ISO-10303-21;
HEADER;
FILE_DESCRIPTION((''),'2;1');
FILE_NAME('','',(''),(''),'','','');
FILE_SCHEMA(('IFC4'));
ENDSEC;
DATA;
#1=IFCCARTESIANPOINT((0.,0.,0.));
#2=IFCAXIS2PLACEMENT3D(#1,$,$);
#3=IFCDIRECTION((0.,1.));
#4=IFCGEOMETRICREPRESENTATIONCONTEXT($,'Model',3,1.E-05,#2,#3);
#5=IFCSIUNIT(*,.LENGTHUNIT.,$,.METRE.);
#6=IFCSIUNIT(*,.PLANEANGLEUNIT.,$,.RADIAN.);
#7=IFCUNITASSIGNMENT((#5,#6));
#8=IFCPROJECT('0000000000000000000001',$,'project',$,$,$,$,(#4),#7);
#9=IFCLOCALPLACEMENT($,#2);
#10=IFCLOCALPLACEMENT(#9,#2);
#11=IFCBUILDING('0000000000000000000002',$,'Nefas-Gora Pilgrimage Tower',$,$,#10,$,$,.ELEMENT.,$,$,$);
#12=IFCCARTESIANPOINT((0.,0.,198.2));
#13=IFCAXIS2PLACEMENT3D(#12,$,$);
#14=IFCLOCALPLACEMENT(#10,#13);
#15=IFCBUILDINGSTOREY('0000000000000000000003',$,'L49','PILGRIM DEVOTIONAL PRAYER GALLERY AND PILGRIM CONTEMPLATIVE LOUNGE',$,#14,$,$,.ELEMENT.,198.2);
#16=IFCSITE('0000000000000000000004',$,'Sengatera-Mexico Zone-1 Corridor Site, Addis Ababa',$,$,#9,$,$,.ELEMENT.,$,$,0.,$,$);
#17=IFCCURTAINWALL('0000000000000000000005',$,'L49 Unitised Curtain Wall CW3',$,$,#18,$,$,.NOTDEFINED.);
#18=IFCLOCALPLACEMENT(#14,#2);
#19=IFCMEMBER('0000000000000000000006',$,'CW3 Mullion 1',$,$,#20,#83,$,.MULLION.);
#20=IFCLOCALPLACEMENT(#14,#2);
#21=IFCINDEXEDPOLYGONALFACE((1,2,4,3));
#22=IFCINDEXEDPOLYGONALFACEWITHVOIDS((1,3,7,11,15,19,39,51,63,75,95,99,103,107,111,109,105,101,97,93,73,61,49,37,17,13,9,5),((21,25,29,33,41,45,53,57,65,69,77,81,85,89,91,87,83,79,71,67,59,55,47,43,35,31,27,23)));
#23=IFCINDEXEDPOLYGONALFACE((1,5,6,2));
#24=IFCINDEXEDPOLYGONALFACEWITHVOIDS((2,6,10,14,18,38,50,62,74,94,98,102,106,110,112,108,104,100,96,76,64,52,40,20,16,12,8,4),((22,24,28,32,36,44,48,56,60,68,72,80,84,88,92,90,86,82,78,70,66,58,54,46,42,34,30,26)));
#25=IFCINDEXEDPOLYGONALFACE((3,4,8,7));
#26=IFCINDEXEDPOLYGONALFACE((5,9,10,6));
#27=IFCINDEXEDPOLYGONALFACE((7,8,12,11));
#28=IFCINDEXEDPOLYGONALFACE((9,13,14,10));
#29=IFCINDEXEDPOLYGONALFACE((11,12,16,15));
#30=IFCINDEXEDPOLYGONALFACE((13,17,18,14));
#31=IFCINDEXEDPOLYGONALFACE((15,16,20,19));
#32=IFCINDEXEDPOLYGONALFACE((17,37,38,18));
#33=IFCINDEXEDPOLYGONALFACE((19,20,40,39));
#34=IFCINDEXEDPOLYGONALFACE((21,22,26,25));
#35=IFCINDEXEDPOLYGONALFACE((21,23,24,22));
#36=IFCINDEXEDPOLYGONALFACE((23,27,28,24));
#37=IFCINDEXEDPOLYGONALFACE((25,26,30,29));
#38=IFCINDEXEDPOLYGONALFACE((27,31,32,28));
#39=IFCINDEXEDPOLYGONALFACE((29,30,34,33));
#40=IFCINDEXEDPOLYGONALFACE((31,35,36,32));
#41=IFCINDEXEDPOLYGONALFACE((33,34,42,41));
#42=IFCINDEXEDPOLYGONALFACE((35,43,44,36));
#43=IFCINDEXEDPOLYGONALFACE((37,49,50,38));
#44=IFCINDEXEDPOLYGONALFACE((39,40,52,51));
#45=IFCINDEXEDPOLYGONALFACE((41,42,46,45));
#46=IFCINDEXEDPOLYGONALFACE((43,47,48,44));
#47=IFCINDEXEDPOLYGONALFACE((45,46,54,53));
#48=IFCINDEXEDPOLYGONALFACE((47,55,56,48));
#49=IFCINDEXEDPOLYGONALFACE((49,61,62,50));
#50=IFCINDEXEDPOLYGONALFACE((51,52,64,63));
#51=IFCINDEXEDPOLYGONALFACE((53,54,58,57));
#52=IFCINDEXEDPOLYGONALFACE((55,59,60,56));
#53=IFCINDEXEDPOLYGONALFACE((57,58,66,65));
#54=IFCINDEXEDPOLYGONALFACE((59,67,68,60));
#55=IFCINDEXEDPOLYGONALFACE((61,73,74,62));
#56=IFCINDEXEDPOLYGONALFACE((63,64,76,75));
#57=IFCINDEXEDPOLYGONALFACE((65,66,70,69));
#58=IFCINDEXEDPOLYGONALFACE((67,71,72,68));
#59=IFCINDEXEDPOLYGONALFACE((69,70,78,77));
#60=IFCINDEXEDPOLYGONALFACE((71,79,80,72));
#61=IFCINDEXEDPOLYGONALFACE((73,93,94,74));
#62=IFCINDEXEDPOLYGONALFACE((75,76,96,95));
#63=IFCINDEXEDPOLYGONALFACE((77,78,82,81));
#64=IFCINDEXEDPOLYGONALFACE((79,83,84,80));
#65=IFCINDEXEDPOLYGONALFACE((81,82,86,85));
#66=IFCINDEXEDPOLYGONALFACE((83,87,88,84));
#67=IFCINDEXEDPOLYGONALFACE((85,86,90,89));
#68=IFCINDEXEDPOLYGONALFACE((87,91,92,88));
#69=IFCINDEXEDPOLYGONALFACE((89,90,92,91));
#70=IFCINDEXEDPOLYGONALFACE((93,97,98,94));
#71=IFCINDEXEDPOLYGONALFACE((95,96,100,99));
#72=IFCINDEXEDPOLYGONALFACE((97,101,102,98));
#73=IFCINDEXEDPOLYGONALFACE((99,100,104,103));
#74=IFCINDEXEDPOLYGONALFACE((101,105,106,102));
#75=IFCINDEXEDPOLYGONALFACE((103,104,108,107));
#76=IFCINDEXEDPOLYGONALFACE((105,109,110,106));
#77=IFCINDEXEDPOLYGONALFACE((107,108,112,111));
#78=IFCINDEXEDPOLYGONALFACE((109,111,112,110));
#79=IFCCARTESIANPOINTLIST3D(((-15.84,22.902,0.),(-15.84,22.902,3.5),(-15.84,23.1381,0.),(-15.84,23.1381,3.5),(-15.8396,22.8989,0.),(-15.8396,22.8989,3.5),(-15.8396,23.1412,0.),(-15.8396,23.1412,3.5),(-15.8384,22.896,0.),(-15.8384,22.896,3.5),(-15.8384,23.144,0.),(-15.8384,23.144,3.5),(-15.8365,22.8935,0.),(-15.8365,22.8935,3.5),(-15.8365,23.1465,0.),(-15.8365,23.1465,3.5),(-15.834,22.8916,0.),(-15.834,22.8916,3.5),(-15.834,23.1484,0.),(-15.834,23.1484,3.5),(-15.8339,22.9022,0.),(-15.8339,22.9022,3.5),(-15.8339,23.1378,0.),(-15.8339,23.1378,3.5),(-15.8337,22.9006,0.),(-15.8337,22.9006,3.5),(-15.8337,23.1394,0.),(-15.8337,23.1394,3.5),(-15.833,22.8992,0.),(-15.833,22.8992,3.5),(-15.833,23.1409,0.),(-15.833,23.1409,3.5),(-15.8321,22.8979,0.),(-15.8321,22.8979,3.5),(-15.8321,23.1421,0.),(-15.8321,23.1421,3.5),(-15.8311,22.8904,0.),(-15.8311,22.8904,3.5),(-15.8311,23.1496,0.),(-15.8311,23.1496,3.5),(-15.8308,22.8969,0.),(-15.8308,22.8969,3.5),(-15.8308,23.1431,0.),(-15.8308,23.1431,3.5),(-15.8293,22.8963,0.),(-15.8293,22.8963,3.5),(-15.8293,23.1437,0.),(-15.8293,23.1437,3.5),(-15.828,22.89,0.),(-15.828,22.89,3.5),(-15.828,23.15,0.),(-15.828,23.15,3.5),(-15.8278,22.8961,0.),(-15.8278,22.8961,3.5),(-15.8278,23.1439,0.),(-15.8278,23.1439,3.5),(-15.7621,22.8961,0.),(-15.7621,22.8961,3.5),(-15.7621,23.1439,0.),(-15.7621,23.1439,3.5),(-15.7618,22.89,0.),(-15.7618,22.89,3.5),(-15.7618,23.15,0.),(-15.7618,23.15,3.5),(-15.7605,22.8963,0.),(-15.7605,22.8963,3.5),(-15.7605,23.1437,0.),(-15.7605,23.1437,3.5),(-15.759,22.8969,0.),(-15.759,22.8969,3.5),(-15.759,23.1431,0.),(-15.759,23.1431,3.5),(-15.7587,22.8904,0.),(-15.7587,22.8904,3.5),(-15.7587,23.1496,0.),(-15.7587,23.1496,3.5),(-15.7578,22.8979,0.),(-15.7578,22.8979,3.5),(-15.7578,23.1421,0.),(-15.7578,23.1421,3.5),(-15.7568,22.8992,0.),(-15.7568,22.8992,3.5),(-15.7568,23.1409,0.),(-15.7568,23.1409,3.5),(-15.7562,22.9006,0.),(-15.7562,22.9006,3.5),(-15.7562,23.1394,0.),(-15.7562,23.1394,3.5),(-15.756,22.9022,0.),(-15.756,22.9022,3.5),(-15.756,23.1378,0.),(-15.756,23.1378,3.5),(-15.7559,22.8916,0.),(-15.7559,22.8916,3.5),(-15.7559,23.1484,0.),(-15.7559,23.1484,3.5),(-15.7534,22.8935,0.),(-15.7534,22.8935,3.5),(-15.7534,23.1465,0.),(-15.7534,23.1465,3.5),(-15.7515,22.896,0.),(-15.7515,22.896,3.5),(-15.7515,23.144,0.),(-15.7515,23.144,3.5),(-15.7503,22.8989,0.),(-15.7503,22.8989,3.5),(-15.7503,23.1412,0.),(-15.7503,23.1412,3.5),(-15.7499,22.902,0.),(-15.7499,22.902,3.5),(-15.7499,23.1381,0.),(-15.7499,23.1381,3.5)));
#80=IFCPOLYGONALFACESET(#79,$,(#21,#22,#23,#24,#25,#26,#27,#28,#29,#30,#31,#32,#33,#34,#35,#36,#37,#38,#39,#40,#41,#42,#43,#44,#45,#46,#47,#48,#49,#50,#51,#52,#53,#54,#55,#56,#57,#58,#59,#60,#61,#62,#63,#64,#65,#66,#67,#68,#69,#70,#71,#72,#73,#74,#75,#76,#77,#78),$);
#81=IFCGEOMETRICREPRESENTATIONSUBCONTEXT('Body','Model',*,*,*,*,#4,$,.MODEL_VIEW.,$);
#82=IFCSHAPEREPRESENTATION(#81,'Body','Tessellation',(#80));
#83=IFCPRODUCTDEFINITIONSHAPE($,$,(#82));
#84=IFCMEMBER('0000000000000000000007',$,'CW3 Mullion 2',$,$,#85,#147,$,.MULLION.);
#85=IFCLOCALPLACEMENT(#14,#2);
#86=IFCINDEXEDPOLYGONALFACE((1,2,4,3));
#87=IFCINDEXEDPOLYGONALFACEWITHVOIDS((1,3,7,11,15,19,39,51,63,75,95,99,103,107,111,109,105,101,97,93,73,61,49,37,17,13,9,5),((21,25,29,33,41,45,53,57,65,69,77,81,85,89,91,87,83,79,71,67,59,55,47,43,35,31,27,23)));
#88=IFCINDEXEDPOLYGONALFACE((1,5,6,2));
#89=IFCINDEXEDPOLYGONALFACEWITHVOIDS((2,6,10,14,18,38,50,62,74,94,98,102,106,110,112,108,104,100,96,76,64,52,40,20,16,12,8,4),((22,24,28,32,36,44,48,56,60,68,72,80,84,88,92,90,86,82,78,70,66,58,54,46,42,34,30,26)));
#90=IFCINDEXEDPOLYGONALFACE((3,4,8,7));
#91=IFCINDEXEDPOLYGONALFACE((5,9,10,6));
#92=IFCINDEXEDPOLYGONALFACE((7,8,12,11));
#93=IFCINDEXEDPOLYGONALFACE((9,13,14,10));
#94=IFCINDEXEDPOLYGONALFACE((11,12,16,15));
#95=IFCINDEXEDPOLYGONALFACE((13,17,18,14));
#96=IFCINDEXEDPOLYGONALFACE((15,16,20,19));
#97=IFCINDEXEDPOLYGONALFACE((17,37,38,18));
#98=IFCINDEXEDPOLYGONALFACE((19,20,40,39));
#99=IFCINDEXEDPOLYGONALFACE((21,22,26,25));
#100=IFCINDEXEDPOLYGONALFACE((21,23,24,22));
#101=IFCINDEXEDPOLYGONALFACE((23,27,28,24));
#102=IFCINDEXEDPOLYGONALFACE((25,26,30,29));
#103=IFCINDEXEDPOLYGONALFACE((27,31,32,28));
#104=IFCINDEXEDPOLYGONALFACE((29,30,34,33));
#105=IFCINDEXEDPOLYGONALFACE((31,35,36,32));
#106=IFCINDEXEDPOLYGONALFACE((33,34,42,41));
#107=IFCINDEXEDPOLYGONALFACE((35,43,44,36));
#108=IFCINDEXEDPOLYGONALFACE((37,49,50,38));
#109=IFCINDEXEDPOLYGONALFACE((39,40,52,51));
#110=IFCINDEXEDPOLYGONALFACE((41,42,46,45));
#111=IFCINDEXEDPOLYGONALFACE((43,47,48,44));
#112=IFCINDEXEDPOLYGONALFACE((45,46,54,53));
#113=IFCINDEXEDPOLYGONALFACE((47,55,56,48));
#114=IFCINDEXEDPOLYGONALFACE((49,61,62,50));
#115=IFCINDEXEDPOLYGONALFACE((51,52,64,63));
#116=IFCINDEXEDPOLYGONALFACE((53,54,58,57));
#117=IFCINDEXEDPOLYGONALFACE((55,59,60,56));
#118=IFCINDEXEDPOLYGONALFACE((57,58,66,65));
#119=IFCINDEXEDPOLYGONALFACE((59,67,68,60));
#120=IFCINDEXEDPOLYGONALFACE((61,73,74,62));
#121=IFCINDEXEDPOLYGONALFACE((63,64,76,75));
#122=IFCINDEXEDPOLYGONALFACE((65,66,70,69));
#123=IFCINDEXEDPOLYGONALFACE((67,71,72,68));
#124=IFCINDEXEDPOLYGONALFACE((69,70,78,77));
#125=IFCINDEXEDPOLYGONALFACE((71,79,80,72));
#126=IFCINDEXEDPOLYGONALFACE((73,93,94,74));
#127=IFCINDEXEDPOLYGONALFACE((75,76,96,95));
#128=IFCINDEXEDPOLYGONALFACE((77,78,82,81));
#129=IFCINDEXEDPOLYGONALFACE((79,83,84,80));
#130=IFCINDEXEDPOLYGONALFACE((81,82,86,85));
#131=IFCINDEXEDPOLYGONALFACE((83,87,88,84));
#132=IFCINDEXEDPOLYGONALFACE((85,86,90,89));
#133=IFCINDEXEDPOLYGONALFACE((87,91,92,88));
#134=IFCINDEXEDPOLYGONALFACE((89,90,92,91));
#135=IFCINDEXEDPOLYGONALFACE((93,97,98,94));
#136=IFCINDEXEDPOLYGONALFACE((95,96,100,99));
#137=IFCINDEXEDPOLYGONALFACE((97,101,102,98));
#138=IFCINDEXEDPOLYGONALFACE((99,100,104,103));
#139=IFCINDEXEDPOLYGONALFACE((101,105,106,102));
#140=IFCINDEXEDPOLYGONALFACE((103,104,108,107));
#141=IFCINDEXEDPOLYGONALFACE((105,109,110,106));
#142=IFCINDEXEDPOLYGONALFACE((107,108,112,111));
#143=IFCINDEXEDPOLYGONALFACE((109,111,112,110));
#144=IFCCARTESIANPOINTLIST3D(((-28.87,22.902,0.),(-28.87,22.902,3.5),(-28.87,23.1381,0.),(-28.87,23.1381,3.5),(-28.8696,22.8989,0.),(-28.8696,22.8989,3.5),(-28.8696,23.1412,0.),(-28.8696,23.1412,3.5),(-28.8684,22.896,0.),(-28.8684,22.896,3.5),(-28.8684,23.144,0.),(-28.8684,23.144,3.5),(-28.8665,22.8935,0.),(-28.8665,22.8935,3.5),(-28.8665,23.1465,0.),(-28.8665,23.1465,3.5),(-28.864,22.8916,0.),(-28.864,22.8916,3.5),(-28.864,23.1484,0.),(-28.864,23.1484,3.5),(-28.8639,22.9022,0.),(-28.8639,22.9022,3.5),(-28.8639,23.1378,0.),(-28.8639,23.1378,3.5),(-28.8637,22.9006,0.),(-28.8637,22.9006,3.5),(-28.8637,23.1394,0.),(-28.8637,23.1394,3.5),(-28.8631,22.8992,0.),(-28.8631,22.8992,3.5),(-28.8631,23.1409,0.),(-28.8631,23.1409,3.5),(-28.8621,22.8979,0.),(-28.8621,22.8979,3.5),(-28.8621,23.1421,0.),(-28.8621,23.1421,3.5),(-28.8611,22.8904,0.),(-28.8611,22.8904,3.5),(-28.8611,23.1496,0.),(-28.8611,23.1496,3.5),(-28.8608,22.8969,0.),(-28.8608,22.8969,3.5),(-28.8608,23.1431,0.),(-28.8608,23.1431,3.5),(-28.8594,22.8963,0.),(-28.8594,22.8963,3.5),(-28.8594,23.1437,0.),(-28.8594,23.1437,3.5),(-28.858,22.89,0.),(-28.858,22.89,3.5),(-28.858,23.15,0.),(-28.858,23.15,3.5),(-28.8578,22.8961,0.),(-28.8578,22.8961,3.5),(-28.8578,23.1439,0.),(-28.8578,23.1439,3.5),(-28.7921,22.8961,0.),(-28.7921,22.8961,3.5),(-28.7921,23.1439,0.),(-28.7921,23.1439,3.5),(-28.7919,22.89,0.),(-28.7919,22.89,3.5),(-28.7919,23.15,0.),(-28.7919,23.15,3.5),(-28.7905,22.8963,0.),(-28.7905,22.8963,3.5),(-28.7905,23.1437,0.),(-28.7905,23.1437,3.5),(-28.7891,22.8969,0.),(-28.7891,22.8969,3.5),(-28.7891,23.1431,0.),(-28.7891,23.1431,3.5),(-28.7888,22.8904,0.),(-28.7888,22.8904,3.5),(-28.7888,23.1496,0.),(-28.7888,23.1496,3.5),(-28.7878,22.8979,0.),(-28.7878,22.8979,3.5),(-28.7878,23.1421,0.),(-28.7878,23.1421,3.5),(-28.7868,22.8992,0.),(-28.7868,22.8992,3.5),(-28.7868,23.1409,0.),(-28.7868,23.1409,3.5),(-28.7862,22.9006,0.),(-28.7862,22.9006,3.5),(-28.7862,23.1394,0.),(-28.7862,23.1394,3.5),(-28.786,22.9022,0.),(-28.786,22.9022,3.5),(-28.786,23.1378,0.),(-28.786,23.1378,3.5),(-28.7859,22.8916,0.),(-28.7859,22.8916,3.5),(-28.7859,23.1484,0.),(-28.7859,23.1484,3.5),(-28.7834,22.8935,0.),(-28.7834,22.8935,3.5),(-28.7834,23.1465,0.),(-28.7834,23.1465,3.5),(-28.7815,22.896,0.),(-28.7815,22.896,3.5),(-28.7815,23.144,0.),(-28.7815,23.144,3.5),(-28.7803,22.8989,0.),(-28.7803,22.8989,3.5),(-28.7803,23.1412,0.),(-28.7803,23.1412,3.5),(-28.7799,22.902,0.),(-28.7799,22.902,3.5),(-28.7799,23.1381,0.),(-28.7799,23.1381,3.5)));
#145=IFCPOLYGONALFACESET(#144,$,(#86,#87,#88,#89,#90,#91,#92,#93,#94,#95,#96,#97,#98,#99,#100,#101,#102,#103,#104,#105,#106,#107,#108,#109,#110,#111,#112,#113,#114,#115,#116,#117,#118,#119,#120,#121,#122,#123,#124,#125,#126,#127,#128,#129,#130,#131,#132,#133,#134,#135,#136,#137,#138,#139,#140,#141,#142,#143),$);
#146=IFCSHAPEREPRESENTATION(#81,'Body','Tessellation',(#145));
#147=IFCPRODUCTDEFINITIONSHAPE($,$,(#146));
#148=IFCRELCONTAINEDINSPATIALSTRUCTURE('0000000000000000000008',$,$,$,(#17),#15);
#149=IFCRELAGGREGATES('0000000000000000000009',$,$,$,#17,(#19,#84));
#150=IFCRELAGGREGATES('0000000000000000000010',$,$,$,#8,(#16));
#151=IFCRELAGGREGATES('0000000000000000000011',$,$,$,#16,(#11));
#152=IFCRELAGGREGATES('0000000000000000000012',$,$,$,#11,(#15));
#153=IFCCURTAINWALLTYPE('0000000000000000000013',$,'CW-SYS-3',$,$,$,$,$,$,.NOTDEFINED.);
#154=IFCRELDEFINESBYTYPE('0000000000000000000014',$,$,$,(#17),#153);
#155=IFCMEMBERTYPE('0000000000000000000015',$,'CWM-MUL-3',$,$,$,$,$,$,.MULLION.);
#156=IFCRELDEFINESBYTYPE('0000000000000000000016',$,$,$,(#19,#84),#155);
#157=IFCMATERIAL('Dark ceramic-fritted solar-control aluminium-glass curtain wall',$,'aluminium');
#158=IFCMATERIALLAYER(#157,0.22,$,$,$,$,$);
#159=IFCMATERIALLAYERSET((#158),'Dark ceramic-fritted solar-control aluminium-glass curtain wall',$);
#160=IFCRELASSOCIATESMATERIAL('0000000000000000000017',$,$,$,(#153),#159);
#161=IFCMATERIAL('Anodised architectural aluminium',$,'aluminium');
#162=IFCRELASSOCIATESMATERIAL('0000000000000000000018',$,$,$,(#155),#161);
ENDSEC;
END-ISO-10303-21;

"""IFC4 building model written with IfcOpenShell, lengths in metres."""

from ifc_helpers import new_model, si_unit, direction, frame, origin, origin_2d, place, context, subcontext, project, spatial, hollow_rectangle, extrude, source, transform, mapped, material, layer, layer_set, material_profile, profile_set, type_object, element, aggregate, save


model = new_model("IFC4")

# Units and contexts
model_context = context("Model", 3, precision=1e-05, world=origin(), true_north=direction((0.0, 1.0)))
body_context = subcontext(model_context, "Body", "Model", "MODEL_VIEW")
ifc_project = project(units=[si_unit("LENGTHUNIT", "METRE"), si_unit("PLANEANGLEUNIT", "RADIAN")], contexts=[model_context])

# Site, building, storey
site_placement = place(None, origin())
site = spatial("IfcSite", under=ifc_project, at=site_placement, Name="Sengatera-Mexico Zone-1 Corridor Site, Addis Ababa", CompositionType="ELEMENT", RefElevation=0.0)
building_placement = place(site_placement, origin())
building = spatial("IfcBuilding", under=site, at=building_placement, Name="Nefas-Gora Pilgrimage Tower", CompositionType="ELEMENT")
storey_placement = place(building_placement, frame((0.0, 0.0, 198.2)))
storey = spatial("IfcBuildingStorey", under=building, at=storey_placement, Name="L49", Description="PILGRIM DEVOTIONAL PRAYER GALLERY AND PILGRIM CONTEMPLATIVE LOUNGE", CompositionType="ELEMENT", Elevation=198.2)

# Curtain wall
ifc_material_1 = material(Name="Dark ceramic-fritted solar-control aluminium-glass curtain wall", Category="aluminium")
ifc_material_2 = material(Name="Anodised architectural aluminium", Category="aluminium")
ifc_layer_1 = layer(ifc_material_1, 0.22)
ifc_layer_set_1 = layer_set([ifc_layer_1], Name="Dark ceramic-fritted solar-control aluminium-glass curtain wall")
curtain_wall_type_1 = type_object("IfcCurtainWallType", Name="CW-SYS-3", PredefinedType="NOTDEFINED", material=ifc_layer_set_1)
curtain_wall_1_placement = place(storey_placement, origin())
curtain_wall_1 = element("IfcCurtainWall", 1, at=curtain_wall_1_placement, inside=storey, type_object=curtain_wall_type_1, Name="L49 Unitised Curtain Wall CW3", PredefinedType="NOTDEFINED")

# Members
ifc_material_profile_1 = material_profile(ifc_material_2, hollow_rectangle(XDim=0.0901, YDim=0.26, WallThickness=0.0061, InnerFilletRadius=0.0061, OuterFilletRadius=0.012, at=origin_2d()), Name="ALU MULLION 90x260")
ifc_profile_set_1 = profile_set([ifc_material_profile_1], Name="Anodised architectural aluminium")
member_type_1 = type_object("IfcMemberType", Name="CWM-MUL-3", PredefinedType="MULLION", material=ifc_profile_set_1)
shared_shape_1 = source(origin(), body_context, "Body", "SweptSolid", [
    extrude(hollow_rectangle(XDim=0.0901, YDim=0.26, WallThickness=0.0061, InnerFilletRadius=0.0061, OuterFilletRadius=0.012, at=origin_2d()), origin(), (0.0, 0.0, 1.0), 3.5),
])
member_1_placement = place(storey_placement, frame((-15.7949, 23.02, 0.0), z_axis=(0.0, 0.0, 1.0), x_axis=(-1.0, 0.0, 0.0)))
member_1 = element("IfcMember", 2, at=member_1_placement, type_object=member_type_1, Name="CW3 Mullion 1", PredefinedType="MULLION", context=body_context, shape_type="MappedRepresentation", body=[
    mapped(shared_shape_1, transform((0.0, 0.0, 0.0), x_axis=(1.0, 0.0, 0.0), y_axis=(0.0, 1.0, 0.0), z_axis=(0.0, 0.0, 1.0), scale=1.0)),
])
member_2_placement = place(storey_placement, frame((-28.825, 23.02, 0.0), z_axis=(0.0, 0.0, 1.0), x_axis=(-1.0, 0.0, 0.0)))
member_2 = element("IfcMember", 3, at=member_2_placement, type_object=member_type_1, Name="CW3 Mullion 2", PredefinedType="MULLION", context=body_context, shape_type="MappedRepresentation", body=[
    mapped(shared_shape_1, transform((0.0, 0.0, 0.0), x_axis=(1.0, 0.0, 0.0), y_axis=(0.0, 1.0, 0.0), z_axis=(0.0, 0.0, 1.0), scale=1.0)),
])

aggregate(curtain_wall_1, [member_1, member_2])

save(model, "model.ifc")
